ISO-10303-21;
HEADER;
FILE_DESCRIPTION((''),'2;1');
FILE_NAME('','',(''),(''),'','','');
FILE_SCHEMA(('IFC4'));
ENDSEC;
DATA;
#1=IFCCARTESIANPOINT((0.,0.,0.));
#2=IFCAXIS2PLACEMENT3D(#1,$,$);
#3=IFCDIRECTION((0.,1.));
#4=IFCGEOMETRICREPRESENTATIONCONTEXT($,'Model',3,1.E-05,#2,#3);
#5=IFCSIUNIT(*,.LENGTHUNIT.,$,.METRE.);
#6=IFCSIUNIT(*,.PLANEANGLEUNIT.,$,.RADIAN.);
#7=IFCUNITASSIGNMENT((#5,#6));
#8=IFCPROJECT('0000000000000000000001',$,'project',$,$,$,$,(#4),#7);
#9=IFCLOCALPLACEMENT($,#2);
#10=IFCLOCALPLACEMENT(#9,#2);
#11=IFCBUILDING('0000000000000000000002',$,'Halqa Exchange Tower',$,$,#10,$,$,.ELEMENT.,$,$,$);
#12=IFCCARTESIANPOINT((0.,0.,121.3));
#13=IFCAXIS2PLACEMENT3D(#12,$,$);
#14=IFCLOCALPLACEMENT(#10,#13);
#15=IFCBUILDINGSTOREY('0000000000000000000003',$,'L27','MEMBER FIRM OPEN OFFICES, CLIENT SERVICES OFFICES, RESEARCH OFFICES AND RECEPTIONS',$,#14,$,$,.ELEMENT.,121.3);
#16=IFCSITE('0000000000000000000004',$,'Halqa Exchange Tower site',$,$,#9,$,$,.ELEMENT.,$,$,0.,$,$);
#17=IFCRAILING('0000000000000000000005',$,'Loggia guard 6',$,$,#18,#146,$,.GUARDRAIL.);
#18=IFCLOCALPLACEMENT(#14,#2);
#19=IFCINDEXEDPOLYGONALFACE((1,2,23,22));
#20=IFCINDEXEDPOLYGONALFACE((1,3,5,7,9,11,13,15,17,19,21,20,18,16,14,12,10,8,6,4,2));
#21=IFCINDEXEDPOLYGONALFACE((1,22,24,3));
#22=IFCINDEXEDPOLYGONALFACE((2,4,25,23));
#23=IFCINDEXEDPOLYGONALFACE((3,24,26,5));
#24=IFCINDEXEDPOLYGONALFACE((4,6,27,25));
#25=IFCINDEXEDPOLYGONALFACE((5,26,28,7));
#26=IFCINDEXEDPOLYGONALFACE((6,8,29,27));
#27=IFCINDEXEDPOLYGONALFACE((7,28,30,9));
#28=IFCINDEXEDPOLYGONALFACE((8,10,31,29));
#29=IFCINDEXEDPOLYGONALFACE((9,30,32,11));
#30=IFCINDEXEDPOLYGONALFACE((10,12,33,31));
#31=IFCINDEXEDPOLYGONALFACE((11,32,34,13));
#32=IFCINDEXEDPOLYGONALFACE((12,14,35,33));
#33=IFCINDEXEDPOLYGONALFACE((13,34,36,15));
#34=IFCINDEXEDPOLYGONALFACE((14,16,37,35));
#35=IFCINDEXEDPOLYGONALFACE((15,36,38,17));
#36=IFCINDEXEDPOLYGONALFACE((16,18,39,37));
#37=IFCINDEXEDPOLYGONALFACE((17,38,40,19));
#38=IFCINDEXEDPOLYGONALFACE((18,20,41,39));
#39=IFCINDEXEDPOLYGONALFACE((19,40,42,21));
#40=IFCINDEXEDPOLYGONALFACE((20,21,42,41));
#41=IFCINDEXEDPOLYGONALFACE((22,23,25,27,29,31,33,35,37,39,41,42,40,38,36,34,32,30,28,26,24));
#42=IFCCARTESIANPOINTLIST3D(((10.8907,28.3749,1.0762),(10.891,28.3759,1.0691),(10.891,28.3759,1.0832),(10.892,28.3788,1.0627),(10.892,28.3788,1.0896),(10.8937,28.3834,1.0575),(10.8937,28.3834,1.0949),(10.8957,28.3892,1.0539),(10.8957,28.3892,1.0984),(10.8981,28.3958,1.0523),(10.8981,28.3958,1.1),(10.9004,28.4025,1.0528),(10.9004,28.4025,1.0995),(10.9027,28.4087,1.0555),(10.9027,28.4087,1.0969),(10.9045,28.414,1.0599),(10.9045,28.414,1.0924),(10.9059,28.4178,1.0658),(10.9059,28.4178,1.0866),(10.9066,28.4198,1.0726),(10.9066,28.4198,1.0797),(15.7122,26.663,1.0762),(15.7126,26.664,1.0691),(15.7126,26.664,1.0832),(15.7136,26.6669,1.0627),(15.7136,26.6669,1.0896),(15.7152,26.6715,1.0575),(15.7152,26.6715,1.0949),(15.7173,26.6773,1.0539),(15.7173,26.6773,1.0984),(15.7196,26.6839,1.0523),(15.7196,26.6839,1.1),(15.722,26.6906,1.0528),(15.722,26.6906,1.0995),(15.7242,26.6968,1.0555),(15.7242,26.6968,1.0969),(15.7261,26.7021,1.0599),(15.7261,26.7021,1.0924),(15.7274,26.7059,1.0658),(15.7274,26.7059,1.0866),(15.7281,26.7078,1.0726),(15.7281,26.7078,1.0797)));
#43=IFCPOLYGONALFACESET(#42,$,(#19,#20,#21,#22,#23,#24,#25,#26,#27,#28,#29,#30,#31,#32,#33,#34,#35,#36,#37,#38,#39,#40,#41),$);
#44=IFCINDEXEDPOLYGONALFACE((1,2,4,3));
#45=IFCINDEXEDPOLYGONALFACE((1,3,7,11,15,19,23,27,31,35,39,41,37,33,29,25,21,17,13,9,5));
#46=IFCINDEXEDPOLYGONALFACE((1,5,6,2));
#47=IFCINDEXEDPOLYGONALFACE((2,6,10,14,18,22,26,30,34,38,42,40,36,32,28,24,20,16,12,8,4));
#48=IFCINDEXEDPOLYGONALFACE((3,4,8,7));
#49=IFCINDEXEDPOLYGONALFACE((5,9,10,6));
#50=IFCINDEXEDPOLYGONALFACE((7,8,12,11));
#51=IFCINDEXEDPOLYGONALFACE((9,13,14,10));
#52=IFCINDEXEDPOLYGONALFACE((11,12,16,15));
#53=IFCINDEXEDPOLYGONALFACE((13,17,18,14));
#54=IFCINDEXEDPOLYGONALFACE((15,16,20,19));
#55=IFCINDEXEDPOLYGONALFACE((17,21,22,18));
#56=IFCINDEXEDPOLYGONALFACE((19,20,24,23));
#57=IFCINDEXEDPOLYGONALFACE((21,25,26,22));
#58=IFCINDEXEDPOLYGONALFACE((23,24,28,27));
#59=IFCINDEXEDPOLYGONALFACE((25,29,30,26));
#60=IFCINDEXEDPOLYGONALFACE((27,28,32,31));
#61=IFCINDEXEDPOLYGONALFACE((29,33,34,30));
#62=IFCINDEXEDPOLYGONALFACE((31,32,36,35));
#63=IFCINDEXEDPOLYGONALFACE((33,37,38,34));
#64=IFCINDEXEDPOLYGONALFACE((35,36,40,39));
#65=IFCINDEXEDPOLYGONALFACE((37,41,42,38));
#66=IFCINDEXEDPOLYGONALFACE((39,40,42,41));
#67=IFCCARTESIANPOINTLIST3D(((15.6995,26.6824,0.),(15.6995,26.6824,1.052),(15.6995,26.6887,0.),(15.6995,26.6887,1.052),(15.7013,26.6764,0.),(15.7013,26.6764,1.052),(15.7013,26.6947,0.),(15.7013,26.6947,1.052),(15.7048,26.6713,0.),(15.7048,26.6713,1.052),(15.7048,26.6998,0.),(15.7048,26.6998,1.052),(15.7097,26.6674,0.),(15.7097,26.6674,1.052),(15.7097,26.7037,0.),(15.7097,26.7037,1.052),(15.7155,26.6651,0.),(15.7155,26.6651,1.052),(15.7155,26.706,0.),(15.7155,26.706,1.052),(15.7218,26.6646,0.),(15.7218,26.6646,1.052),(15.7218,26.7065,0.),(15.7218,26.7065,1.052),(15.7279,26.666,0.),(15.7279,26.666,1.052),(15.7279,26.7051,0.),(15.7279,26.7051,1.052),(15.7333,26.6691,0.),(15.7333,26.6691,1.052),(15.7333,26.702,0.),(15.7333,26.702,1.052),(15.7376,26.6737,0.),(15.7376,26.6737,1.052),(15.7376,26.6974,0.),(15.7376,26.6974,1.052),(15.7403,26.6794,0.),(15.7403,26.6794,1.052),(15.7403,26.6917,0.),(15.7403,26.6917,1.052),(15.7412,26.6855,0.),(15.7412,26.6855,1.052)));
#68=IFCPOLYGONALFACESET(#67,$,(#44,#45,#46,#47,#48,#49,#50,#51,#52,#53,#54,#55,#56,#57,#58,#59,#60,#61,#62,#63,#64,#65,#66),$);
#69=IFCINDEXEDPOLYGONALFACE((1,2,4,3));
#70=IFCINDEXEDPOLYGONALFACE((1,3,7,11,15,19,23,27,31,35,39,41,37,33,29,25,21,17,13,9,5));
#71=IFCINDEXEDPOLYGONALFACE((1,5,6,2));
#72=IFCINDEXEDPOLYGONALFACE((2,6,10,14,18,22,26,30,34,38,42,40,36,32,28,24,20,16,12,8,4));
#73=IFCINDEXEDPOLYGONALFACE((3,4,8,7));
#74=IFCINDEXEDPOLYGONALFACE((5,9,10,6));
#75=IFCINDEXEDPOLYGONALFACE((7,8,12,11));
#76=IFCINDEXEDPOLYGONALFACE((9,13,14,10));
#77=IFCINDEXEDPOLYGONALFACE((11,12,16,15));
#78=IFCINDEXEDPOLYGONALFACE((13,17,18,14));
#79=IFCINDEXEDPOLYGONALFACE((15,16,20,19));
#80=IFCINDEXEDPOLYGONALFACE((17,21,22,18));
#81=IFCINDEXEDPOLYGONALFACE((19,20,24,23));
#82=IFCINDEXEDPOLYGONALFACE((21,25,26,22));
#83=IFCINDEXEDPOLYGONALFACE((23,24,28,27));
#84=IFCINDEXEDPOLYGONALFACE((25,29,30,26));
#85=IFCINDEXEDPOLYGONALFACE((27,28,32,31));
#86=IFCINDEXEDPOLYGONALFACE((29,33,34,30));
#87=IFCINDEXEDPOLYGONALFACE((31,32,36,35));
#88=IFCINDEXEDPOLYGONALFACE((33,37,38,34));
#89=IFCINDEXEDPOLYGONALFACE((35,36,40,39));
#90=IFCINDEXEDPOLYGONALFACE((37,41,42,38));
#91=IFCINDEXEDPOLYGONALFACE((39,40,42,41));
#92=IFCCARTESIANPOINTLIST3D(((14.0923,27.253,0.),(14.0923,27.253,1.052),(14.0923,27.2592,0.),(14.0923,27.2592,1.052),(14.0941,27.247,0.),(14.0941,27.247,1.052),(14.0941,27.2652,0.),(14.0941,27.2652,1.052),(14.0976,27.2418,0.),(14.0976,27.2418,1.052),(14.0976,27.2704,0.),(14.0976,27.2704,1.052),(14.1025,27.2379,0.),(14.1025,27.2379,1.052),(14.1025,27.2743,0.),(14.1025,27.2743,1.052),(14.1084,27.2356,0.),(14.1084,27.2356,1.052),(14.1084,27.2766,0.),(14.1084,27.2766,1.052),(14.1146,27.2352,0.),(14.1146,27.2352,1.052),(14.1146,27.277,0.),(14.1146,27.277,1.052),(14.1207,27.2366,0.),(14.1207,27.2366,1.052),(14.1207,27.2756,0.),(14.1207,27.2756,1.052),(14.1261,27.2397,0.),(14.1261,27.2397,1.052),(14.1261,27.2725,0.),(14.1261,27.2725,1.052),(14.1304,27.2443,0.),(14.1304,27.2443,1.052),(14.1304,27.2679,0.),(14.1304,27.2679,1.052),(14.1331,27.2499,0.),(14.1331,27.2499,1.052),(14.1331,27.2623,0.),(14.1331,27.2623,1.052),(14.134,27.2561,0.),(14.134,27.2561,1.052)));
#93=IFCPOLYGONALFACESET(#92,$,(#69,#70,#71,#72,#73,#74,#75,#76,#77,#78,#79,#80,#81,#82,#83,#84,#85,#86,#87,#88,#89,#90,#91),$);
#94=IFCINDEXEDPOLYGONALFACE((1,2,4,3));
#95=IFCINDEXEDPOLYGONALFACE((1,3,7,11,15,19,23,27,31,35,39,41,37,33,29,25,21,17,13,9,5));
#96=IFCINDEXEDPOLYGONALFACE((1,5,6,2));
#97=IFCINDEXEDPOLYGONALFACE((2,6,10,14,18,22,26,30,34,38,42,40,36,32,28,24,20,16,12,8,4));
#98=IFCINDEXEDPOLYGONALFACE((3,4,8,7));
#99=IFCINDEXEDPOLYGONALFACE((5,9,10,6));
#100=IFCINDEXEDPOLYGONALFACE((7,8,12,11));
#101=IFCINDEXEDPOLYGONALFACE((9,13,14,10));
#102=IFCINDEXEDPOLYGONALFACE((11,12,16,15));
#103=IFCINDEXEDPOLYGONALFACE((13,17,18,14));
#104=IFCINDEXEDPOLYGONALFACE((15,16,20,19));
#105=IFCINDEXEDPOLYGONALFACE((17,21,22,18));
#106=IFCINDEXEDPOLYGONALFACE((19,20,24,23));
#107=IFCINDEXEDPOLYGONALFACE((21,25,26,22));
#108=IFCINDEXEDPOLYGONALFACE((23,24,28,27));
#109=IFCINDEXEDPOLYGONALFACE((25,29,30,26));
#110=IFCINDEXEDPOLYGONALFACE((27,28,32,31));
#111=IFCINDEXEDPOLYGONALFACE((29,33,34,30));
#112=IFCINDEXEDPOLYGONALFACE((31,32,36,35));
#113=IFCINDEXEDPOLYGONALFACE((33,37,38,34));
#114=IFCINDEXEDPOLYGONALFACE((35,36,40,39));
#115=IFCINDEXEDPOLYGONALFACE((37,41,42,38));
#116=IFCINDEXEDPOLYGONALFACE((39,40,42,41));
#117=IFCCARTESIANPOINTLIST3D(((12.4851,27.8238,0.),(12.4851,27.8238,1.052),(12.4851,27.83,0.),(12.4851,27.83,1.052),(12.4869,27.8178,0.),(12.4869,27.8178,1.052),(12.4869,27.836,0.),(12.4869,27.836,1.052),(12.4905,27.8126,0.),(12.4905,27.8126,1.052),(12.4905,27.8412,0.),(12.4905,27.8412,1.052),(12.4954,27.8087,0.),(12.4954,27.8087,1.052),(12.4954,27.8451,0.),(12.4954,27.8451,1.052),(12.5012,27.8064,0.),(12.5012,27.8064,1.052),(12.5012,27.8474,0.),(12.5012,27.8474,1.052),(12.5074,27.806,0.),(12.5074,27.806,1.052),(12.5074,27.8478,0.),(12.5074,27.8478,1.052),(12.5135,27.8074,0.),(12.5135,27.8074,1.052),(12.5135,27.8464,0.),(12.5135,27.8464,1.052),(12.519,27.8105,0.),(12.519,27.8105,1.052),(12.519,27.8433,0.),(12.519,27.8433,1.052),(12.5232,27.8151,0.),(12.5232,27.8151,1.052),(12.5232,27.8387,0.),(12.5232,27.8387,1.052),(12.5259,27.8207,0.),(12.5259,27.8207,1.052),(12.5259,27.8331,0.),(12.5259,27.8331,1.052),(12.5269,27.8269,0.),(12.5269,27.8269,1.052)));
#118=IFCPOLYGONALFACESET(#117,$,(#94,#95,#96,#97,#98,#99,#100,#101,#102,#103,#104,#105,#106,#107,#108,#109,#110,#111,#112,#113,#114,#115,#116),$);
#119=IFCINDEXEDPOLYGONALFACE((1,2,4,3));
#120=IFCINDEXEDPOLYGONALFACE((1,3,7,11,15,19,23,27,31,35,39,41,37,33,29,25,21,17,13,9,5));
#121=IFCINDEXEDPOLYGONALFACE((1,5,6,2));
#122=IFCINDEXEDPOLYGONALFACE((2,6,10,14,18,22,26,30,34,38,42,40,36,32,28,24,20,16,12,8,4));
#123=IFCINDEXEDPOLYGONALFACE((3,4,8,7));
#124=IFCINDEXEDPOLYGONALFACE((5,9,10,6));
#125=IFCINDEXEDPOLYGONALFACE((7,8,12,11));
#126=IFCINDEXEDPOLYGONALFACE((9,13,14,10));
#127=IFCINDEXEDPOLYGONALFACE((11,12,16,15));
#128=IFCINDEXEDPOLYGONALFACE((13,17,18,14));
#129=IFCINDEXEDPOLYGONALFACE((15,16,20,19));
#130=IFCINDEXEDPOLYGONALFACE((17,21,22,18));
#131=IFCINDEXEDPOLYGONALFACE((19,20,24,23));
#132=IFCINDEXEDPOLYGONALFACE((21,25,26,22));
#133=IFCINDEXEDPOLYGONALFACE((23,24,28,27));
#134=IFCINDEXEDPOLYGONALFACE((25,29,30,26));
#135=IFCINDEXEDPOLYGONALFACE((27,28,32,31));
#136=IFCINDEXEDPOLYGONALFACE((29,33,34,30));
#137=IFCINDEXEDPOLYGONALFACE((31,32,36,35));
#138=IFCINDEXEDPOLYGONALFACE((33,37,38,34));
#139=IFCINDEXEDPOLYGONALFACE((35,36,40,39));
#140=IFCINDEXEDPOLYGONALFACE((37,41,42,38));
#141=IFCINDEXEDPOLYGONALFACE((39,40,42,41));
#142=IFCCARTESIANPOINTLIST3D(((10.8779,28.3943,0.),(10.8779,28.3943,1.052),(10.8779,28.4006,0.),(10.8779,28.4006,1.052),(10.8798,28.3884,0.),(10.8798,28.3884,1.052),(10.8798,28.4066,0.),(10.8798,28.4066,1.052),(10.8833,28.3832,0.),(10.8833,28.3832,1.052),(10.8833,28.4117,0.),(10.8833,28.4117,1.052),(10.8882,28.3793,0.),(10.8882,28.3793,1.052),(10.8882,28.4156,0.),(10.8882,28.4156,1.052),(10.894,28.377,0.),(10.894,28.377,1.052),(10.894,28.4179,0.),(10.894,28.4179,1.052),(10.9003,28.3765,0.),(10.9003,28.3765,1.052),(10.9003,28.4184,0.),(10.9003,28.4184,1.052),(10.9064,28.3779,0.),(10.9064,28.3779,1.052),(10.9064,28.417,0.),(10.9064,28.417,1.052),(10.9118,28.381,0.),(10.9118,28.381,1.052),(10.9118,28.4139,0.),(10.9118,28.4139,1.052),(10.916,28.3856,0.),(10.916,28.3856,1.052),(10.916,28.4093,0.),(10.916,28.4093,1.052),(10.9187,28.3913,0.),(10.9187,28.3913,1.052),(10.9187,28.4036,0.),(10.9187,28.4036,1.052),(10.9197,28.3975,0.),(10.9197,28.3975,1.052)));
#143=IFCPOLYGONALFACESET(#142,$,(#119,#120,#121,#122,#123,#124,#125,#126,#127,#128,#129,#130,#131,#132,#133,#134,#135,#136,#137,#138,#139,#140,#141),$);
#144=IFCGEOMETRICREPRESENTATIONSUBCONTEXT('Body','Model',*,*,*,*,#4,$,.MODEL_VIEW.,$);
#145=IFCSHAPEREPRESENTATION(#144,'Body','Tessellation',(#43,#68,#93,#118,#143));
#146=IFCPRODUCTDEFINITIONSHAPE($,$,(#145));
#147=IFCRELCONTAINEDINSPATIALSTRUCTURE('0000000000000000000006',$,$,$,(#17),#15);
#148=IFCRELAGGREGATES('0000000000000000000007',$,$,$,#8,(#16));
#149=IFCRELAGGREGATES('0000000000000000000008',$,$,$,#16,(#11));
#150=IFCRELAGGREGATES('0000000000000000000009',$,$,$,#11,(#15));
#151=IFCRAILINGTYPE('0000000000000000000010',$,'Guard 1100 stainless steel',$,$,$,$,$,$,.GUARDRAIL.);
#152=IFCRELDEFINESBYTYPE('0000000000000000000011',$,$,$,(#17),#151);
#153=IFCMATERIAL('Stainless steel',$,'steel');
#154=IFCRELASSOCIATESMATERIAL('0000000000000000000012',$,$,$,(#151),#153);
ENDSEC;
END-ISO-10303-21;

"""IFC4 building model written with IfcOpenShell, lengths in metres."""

from ifc_helpers import new_model, si_unit, direction, frame, origin, origin_2d, place, context, subcontext, project, spatial, circle, extrude, material, type_object, element, save


model = new_model("IFC4")

# Units and contexts
model_context = context("Model", 3, precision=1e-05, world=origin(), true_north=direction((0.0, 1.0)))
body_context = subcontext(model_context, "Body", "Model", "MODEL_VIEW")
ifc_project = project(units=[si_unit("LENGTHUNIT", "METRE"), si_unit("PLANEANGLEUNIT", "RADIAN")], contexts=[model_context])

# Site, building, storey
site_placement = place(None, origin())
site = spatial("IfcSite", under=ifc_project, at=site_placement, Name="Halqa Exchange Tower site", CompositionType="ELEMENT", RefElevation=0.0)
building_placement = place(site_placement, origin())
building = spatial("IfcBuilding", under=site, at=building_placement, Name="Halqa Exchange Tower", CompositionType="ELEMENT")
storey_placement = place(building_placement, frame((0.0, 0.0, 121.3)))
storey = spatial("IfcBuildingStorey", under=building, at=storey_placement, Name="L27", Description="MEMBER FIRM OPEN OFFICES, CLIENT SERVICES OFFICES, RESEARCH OFFICES AND RECEPTIONS", CompositionType="ELEMENT", Elevation=121.3)

# Railing
ifc_material_1 = material(Name="Stainless steel", Category="steel")
railing_type = type_object("IfcRailingType", Name="Guard 1100 stainless steel", PredefinedType="GUARDRAIL", material=ifc_material_1)
railing_1_placement = place(storey_placement, frame((15.7202, 26.6855, 0.0)))
element("IfcRailing", 1, at=railing_1_placement, inside=storey, type_object=railing_type, Name="Loggia guard 6", PredefinedType="GUARDRAIL", context=body_context, shape_type="SweptSolid", body=[
    extrude(circle(Radius=0.0239, at=origin_2d()), frame((0.0, 0.0, 1.0762), z_axis=(-0.942363, 0.334592, 0.0), x_axis=(-0.334592, -0.942363, 0.0)), (0.0, 0.0, 1.0), 5.1165),
    extrude(circle(Radius=0.021, at=origin_2d()), origin(), (0.0, 0.0, 1.0), 1.052),
    extrude(circle(Radius=0.021, at=origin_2d()), frame((-1.6072, 0.5706, 0.0)), (0.0, 0.0, 1.0), 1.052),
    extrude(circle(Radius=0.021, at=origin_2d()), frame((-3.2144, 1.1414, 0.0)), (0.0, 0.0, 1.0), 1.052),
    extrude(circle(Radius=0.021, at=origin_2d()), frame((-4.8215, 1.7119, 0.0)), (0.0, 0.0, 1.0), 1.052),
])

save(model, "model.ifc")
